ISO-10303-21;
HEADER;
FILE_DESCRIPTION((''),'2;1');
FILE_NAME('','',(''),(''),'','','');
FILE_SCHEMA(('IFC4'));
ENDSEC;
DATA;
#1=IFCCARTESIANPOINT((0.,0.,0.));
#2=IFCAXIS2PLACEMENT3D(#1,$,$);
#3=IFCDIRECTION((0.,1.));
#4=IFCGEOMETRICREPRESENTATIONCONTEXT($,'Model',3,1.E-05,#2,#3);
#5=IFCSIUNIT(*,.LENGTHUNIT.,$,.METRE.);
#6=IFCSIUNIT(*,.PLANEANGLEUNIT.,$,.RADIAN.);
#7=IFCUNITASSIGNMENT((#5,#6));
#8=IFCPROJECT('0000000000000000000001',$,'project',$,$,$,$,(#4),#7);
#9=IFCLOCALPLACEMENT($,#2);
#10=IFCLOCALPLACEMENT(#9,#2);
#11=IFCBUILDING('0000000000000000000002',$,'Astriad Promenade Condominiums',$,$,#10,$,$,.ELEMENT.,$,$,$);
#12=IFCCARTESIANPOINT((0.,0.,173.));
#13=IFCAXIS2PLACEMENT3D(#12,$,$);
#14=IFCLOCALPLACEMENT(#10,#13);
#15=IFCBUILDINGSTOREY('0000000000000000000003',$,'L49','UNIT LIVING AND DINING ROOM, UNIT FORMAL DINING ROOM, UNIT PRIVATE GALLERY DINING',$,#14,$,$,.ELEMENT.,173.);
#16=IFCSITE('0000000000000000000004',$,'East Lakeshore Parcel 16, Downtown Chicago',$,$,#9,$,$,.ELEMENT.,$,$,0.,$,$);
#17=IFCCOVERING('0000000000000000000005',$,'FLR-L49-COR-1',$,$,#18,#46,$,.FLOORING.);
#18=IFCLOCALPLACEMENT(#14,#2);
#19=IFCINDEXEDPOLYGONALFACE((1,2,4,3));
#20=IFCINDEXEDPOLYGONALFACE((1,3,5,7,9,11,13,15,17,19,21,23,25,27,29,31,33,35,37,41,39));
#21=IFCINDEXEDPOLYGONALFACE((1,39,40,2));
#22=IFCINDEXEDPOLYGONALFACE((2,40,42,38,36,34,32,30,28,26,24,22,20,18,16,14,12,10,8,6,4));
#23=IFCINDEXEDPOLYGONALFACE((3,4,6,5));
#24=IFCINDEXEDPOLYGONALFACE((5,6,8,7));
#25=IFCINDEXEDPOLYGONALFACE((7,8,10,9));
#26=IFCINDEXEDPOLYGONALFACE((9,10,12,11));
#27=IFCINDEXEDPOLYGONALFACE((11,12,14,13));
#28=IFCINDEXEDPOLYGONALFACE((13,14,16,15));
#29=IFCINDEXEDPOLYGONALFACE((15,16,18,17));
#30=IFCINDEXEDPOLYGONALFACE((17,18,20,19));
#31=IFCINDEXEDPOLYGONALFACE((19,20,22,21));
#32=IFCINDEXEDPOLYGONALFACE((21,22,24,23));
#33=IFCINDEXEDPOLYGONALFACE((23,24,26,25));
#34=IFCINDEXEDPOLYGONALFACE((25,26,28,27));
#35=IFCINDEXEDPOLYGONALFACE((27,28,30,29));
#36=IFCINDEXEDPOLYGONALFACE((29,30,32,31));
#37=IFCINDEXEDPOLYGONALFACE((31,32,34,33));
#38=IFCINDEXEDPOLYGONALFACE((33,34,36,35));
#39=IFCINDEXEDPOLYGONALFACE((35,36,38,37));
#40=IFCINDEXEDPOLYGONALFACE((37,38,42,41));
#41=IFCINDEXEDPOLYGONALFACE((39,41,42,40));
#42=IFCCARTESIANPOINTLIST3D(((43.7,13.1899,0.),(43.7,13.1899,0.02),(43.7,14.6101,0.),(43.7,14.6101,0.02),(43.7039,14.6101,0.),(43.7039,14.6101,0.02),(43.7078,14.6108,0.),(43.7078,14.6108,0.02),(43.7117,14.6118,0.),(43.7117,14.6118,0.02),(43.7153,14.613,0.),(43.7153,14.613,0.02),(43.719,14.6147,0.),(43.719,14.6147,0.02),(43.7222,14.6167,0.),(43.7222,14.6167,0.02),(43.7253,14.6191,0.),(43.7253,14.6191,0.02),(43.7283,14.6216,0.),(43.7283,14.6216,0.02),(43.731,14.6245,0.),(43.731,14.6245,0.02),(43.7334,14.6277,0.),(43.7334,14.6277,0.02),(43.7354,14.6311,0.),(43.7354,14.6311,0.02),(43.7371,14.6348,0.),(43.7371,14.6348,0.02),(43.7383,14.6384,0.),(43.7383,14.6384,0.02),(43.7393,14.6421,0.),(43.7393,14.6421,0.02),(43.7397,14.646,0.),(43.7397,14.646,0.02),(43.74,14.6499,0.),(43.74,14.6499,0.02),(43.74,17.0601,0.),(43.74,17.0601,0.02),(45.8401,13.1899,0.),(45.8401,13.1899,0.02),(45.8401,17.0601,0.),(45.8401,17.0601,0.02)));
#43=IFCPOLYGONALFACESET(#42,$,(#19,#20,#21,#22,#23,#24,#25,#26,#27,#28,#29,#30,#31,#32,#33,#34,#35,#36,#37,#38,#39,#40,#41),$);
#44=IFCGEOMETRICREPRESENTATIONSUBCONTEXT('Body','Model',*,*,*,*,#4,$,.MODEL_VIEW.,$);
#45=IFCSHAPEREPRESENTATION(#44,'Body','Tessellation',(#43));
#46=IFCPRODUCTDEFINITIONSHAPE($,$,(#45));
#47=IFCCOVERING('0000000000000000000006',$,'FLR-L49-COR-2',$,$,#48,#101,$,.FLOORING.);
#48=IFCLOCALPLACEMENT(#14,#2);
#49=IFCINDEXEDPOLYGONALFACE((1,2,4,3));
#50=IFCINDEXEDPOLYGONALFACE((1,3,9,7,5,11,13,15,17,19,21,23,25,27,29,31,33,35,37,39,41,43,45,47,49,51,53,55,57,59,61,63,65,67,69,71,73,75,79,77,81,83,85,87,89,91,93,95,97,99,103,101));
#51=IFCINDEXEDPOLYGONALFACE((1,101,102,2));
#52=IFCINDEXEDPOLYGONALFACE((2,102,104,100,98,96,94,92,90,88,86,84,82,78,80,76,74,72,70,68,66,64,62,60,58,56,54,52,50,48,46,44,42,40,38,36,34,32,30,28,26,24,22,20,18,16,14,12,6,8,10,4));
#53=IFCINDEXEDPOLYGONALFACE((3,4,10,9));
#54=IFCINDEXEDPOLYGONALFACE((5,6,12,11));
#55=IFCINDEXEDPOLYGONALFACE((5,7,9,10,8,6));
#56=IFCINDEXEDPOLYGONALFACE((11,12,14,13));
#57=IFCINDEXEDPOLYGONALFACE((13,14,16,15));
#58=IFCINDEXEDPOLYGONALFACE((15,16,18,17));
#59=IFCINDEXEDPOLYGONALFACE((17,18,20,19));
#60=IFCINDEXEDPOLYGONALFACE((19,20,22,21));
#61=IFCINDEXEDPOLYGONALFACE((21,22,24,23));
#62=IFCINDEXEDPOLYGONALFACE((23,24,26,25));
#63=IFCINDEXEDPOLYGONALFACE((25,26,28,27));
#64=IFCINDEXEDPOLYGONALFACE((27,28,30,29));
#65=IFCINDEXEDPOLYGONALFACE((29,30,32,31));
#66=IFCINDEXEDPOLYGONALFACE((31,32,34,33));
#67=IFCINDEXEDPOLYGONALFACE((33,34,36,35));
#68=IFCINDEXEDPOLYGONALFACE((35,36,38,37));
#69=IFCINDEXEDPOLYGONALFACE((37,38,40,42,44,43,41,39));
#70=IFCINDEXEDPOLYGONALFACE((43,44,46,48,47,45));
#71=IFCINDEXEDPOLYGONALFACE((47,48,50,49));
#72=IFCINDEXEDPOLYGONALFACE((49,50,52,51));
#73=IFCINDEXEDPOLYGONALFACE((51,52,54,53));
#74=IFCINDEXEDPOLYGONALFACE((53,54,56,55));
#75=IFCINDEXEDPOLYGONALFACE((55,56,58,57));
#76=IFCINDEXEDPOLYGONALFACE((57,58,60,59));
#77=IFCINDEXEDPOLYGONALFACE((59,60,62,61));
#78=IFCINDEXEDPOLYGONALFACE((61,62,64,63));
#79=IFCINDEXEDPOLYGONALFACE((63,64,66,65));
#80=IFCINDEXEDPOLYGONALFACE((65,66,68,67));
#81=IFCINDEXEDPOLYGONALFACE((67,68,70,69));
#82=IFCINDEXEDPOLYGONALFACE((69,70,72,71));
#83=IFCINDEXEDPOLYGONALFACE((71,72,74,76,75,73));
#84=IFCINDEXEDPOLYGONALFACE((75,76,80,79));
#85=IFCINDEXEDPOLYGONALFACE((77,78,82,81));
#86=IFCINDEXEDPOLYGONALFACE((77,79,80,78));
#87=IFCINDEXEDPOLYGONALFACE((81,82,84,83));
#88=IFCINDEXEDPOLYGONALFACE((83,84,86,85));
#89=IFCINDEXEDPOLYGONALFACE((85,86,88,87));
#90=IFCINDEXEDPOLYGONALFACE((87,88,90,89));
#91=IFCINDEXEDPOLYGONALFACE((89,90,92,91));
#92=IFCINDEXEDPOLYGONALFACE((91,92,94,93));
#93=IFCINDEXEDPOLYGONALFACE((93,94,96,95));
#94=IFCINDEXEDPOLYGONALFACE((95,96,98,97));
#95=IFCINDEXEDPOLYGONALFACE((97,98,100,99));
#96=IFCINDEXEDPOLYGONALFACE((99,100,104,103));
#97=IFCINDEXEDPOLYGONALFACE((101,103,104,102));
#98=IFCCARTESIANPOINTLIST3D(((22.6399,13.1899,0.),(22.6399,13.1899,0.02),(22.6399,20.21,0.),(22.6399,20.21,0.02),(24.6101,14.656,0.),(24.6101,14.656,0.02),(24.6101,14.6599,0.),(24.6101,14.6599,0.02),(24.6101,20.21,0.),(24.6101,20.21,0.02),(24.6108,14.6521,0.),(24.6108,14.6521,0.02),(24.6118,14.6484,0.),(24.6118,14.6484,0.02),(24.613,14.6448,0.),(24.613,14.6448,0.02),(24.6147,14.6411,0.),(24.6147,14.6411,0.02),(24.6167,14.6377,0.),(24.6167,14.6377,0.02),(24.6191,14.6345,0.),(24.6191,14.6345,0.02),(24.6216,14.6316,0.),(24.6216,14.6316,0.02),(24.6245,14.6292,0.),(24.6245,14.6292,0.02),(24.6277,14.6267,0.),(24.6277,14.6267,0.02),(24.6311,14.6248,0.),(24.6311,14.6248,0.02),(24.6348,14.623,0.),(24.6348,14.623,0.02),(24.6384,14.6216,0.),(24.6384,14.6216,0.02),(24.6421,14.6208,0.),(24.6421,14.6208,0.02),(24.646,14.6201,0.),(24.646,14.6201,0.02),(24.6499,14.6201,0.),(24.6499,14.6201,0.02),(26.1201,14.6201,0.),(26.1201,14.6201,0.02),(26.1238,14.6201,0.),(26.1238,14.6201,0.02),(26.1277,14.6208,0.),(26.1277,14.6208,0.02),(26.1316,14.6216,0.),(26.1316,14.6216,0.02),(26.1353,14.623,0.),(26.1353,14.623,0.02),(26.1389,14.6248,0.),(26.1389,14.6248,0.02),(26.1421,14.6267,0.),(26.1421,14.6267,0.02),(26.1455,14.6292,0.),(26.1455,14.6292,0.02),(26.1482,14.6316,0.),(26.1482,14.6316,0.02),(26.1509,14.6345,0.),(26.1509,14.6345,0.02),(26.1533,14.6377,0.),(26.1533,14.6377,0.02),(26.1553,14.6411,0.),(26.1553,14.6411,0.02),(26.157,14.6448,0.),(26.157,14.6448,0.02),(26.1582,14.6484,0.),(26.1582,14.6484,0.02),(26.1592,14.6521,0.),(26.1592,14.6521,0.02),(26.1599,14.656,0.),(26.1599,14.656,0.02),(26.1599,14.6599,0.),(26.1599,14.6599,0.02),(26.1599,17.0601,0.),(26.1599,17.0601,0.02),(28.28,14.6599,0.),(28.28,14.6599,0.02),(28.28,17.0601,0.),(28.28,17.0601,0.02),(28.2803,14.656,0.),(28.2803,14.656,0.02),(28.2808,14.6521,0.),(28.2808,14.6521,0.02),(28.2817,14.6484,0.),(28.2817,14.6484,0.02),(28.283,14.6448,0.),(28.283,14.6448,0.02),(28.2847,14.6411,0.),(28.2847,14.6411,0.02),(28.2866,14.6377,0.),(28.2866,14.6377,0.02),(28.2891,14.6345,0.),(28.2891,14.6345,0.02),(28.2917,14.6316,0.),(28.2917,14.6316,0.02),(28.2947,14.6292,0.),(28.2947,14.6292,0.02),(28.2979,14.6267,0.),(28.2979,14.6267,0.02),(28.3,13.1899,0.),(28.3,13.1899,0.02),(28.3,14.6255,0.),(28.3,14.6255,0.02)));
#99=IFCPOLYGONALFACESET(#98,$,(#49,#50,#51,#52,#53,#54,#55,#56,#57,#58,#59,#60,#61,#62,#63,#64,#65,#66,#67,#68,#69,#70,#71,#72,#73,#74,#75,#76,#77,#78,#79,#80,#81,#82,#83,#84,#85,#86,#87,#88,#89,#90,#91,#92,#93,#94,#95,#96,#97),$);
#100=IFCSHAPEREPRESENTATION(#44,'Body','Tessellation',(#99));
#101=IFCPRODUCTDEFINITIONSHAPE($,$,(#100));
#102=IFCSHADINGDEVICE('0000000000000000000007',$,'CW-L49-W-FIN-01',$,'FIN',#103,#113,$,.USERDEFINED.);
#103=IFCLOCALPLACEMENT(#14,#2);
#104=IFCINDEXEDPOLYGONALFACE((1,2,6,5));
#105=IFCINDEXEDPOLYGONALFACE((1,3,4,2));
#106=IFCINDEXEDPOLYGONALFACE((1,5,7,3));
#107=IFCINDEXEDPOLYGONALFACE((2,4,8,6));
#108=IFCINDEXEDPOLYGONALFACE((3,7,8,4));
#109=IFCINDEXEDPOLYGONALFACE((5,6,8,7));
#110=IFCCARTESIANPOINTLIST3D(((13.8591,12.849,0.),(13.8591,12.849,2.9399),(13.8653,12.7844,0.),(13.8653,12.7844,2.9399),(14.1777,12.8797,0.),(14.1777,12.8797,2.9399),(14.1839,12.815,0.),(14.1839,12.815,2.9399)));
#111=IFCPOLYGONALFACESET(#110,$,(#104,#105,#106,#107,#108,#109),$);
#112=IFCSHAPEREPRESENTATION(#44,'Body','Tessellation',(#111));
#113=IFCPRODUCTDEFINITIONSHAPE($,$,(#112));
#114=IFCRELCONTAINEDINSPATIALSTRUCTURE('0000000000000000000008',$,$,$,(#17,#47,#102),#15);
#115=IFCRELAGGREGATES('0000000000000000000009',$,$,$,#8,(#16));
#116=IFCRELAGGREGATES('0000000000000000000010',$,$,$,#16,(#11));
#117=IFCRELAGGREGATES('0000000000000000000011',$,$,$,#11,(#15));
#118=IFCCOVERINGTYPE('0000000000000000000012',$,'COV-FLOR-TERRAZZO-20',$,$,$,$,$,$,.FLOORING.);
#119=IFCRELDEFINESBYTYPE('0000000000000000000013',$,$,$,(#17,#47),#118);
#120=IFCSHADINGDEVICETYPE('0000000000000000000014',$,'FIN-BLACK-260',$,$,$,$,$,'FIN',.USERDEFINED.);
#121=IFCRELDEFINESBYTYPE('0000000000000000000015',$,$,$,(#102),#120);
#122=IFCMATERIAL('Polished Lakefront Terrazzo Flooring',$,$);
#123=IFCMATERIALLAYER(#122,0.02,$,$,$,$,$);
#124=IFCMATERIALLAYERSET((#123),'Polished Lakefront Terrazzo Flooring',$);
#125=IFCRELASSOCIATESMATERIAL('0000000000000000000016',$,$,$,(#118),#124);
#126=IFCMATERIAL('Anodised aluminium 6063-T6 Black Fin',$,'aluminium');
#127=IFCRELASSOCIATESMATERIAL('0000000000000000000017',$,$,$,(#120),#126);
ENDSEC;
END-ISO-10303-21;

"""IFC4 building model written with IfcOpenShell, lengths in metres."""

from ifc_helpers import new_model, si_unit, direction, frame, origin, origin_2d, place, context, subcontext, project, spatial, polyline, rectangle, outline, extrude, source, transform, mapped, material, layer, layer_set, type_object, type_shapes, element, save


model = new_model("IFC4")

# Units and contexts
model_context = context("Model", 3, precision=1e-05, world=origin(), true_north=direction((0.0, 1.0)))
body_context = subcontext(model_context, "Body", "Model", "MODEL_VIEW")
ifc_project = project(units=[si_unit("LENGTHUNIT", "METRE"), si_unit("PLANEANGLEUNIT", "RADIAN")], contexts=[model_context])

# Site, building, storey
site_placement = place(None, origin())
site = spatial("IfcSite", under=ifc_project, at=site_placement, Name="East Lakeshore Parcel 16, Downtown Chicago", CompositionType="ELEMENT", RefElevation=0.0)
building_placement = place(site_placement, origin())
building = spatial("IfcBuilding", under=site, at=building_placement, Name="Astriad Promenade Condominiums", CompositionType="ELEMENT")
storey_placement = place(building_placement, frame((0.0, 0.0, 173.0)))
storey = spatial("IfcBuildingStorey", under=building, at=storey_placement, Name="L49", Description="UNIT LIVING AND DINING ROOM, UNIT FORMAL DINING ROOM, UNIT PRIVATE GALLERY DINING", CompositionType="ELEMENT", Elevation=173.0)

# Coverings
ifc_material_1 = material(Name="Polished Lakefront Terrazzo Flooring")
ifc_layer_1 = layer(ifc_material_1, 0.02)
ifc_layer_set_1 = layer_set([ifc_layer_1], Name="Polished Lakefront Terrazzo Flooring")
covering_type = type_object("IfcCoveringType", Name="COV-FLOR-TERRAZZO-20", PredefinedType="FLOORING", material=ifc_layer_set_1)
covering_1_placement = place(storey_placement, origin())
element("IfcCovering", 1, at=covering_1_placement, inside=storey, type_object=covering_type, Name="FLR-L49-COR-1", PredefinedType="FLOORING", context=body_context, shape_type="SweptSolid", body=[
    extrude(outline(polyline([(43.7, 13.1899), (43.7, 14.6101), (43.7039, 14.6101), (43.7078, 14.6108), (43.7117, 14.6118), (43.7153, 14.613), (43.719, 14.6147), (43.7222, 14.6167), (43.7253, 14.6191), (43.7283, 14.6216), (43.731, 14.6245), (43.7334, 14.6277), (43.7354, 14.6311), (43.7371, 14.6348), (43.7383, 14.6384), (43.7393, 14.6421), (43.7397, 14.646), (43.74, 14.6499), (43.74, 17.0601), (45.8401, 17.0601), (45.8401, 13.1899), (43.7, 13.1899)])), origin(), (0.0, 0.0, 1.0), 0.02),
])
covering_2_placement = place(storey_placement, origin())
element("IfcCovering", 2, at=covering_2_placement, inside=storey, type_object=covering_type, Name="FLR-L49-COR-2", PredefinedType="FLOORING", context=body_context, shape_type="SweptSolid", body=[
    extrude(outline(polyline([(28.3, 13.1899), (22.6399, 13.1899), (22.6399, 20.21), (24.6101, 20.21), (24.6101, 14.6599), (24.6101, 14.656), (24.6108, 14.6521), (24.6118, 14.6484), (24.613, 14.6448), (24.6147, 14.6411), (24.6167, 14.6377), (24.6191, 14.6345), (24.6216, 14.6316), (24.6245, 14.6292), (24.6277, 14.6267), (24.6311, 14.6248), (24.6348, 14.623), (24.6384, 14.6216), (24.6421, 14.6208), (24.646, 14.6201), (24.6499, 14.6201), (26.1201, 14.6201), (26.1238, 14.6201), (26.1277, 14.6208), (26.1316, 14.6216), (26.1353, 14.623), (26.1389, 14.6248), (26.1421, 14.6267), (26.1455, 14.6292), (26.1482, 14.6316), (26.1509, 14.6345), (26.1533, 14.6377), (26.1553, 14.6411), (26.157, 14.6448), (26.1582, 14.6484), (26.1592, 14.6521), (26.1599, 14.656), (26.1599, 14.6599), (26.1599, 17.0601), (28.28, 17.0601), (28.28, 14.6599), (28.2803, 14.656), (28.2808, 14.6521), (28.2817, 14.6484), (28.283, 14.6448), (28.2847, 14.6411), (28.2866, 14.6377), (28.2891, 14.6345), (28.2917, 14.6316), (28.2947, 14.6292), (28.2979, 14.6267), (28.3, 14.6255), (28.3, 13.1899)])), origin(), (0.0, 0.0, 1.0), 0.02),
])

# Shading device
ifc_material_2 = material(Name="Anodised aluminium 6063-T6 Black Fin", Category="aluminium")
shading_device_type = type_object("IfcShadingDeviceType", Name="FIN-BLACK-260", ElementType="FIN", PredefinedType="USERDEFINED", material=ifc_material_2)
shared_shape_1 = source(origin(), body_context, "Body", "SweptSolid", [
    extrude(rectangle(XDim=0.0649, YDim=0.3201, at=origin_2d()), origin(), (0.0, 0.0, 1.0), 2.9399),
])
type_shapes(shading_device_type, [shared_shape_1])
shading_device_placement = place(storey_placement, frame((14.0215, 12.832, 0.0), z_axis=(0.0, 0.0, 1.0), x_axis=(-0.095846, 0.995396, 0.0)))
element("IfcShadingDevice", 3, at=shading_device_placement, inside=storey, type_object=shading_device_type, Name="CW-L49-W-FIN-01", ObjectType="FIN", PredefinedType="USERDEFINED", context=body_context, shape_type="MappedRepresentation", body=[
    mapped(shared_shape_1, transform((0.0, 0.0, 0.0), scale=1.0)),
])

save(model, "model.ifc")
